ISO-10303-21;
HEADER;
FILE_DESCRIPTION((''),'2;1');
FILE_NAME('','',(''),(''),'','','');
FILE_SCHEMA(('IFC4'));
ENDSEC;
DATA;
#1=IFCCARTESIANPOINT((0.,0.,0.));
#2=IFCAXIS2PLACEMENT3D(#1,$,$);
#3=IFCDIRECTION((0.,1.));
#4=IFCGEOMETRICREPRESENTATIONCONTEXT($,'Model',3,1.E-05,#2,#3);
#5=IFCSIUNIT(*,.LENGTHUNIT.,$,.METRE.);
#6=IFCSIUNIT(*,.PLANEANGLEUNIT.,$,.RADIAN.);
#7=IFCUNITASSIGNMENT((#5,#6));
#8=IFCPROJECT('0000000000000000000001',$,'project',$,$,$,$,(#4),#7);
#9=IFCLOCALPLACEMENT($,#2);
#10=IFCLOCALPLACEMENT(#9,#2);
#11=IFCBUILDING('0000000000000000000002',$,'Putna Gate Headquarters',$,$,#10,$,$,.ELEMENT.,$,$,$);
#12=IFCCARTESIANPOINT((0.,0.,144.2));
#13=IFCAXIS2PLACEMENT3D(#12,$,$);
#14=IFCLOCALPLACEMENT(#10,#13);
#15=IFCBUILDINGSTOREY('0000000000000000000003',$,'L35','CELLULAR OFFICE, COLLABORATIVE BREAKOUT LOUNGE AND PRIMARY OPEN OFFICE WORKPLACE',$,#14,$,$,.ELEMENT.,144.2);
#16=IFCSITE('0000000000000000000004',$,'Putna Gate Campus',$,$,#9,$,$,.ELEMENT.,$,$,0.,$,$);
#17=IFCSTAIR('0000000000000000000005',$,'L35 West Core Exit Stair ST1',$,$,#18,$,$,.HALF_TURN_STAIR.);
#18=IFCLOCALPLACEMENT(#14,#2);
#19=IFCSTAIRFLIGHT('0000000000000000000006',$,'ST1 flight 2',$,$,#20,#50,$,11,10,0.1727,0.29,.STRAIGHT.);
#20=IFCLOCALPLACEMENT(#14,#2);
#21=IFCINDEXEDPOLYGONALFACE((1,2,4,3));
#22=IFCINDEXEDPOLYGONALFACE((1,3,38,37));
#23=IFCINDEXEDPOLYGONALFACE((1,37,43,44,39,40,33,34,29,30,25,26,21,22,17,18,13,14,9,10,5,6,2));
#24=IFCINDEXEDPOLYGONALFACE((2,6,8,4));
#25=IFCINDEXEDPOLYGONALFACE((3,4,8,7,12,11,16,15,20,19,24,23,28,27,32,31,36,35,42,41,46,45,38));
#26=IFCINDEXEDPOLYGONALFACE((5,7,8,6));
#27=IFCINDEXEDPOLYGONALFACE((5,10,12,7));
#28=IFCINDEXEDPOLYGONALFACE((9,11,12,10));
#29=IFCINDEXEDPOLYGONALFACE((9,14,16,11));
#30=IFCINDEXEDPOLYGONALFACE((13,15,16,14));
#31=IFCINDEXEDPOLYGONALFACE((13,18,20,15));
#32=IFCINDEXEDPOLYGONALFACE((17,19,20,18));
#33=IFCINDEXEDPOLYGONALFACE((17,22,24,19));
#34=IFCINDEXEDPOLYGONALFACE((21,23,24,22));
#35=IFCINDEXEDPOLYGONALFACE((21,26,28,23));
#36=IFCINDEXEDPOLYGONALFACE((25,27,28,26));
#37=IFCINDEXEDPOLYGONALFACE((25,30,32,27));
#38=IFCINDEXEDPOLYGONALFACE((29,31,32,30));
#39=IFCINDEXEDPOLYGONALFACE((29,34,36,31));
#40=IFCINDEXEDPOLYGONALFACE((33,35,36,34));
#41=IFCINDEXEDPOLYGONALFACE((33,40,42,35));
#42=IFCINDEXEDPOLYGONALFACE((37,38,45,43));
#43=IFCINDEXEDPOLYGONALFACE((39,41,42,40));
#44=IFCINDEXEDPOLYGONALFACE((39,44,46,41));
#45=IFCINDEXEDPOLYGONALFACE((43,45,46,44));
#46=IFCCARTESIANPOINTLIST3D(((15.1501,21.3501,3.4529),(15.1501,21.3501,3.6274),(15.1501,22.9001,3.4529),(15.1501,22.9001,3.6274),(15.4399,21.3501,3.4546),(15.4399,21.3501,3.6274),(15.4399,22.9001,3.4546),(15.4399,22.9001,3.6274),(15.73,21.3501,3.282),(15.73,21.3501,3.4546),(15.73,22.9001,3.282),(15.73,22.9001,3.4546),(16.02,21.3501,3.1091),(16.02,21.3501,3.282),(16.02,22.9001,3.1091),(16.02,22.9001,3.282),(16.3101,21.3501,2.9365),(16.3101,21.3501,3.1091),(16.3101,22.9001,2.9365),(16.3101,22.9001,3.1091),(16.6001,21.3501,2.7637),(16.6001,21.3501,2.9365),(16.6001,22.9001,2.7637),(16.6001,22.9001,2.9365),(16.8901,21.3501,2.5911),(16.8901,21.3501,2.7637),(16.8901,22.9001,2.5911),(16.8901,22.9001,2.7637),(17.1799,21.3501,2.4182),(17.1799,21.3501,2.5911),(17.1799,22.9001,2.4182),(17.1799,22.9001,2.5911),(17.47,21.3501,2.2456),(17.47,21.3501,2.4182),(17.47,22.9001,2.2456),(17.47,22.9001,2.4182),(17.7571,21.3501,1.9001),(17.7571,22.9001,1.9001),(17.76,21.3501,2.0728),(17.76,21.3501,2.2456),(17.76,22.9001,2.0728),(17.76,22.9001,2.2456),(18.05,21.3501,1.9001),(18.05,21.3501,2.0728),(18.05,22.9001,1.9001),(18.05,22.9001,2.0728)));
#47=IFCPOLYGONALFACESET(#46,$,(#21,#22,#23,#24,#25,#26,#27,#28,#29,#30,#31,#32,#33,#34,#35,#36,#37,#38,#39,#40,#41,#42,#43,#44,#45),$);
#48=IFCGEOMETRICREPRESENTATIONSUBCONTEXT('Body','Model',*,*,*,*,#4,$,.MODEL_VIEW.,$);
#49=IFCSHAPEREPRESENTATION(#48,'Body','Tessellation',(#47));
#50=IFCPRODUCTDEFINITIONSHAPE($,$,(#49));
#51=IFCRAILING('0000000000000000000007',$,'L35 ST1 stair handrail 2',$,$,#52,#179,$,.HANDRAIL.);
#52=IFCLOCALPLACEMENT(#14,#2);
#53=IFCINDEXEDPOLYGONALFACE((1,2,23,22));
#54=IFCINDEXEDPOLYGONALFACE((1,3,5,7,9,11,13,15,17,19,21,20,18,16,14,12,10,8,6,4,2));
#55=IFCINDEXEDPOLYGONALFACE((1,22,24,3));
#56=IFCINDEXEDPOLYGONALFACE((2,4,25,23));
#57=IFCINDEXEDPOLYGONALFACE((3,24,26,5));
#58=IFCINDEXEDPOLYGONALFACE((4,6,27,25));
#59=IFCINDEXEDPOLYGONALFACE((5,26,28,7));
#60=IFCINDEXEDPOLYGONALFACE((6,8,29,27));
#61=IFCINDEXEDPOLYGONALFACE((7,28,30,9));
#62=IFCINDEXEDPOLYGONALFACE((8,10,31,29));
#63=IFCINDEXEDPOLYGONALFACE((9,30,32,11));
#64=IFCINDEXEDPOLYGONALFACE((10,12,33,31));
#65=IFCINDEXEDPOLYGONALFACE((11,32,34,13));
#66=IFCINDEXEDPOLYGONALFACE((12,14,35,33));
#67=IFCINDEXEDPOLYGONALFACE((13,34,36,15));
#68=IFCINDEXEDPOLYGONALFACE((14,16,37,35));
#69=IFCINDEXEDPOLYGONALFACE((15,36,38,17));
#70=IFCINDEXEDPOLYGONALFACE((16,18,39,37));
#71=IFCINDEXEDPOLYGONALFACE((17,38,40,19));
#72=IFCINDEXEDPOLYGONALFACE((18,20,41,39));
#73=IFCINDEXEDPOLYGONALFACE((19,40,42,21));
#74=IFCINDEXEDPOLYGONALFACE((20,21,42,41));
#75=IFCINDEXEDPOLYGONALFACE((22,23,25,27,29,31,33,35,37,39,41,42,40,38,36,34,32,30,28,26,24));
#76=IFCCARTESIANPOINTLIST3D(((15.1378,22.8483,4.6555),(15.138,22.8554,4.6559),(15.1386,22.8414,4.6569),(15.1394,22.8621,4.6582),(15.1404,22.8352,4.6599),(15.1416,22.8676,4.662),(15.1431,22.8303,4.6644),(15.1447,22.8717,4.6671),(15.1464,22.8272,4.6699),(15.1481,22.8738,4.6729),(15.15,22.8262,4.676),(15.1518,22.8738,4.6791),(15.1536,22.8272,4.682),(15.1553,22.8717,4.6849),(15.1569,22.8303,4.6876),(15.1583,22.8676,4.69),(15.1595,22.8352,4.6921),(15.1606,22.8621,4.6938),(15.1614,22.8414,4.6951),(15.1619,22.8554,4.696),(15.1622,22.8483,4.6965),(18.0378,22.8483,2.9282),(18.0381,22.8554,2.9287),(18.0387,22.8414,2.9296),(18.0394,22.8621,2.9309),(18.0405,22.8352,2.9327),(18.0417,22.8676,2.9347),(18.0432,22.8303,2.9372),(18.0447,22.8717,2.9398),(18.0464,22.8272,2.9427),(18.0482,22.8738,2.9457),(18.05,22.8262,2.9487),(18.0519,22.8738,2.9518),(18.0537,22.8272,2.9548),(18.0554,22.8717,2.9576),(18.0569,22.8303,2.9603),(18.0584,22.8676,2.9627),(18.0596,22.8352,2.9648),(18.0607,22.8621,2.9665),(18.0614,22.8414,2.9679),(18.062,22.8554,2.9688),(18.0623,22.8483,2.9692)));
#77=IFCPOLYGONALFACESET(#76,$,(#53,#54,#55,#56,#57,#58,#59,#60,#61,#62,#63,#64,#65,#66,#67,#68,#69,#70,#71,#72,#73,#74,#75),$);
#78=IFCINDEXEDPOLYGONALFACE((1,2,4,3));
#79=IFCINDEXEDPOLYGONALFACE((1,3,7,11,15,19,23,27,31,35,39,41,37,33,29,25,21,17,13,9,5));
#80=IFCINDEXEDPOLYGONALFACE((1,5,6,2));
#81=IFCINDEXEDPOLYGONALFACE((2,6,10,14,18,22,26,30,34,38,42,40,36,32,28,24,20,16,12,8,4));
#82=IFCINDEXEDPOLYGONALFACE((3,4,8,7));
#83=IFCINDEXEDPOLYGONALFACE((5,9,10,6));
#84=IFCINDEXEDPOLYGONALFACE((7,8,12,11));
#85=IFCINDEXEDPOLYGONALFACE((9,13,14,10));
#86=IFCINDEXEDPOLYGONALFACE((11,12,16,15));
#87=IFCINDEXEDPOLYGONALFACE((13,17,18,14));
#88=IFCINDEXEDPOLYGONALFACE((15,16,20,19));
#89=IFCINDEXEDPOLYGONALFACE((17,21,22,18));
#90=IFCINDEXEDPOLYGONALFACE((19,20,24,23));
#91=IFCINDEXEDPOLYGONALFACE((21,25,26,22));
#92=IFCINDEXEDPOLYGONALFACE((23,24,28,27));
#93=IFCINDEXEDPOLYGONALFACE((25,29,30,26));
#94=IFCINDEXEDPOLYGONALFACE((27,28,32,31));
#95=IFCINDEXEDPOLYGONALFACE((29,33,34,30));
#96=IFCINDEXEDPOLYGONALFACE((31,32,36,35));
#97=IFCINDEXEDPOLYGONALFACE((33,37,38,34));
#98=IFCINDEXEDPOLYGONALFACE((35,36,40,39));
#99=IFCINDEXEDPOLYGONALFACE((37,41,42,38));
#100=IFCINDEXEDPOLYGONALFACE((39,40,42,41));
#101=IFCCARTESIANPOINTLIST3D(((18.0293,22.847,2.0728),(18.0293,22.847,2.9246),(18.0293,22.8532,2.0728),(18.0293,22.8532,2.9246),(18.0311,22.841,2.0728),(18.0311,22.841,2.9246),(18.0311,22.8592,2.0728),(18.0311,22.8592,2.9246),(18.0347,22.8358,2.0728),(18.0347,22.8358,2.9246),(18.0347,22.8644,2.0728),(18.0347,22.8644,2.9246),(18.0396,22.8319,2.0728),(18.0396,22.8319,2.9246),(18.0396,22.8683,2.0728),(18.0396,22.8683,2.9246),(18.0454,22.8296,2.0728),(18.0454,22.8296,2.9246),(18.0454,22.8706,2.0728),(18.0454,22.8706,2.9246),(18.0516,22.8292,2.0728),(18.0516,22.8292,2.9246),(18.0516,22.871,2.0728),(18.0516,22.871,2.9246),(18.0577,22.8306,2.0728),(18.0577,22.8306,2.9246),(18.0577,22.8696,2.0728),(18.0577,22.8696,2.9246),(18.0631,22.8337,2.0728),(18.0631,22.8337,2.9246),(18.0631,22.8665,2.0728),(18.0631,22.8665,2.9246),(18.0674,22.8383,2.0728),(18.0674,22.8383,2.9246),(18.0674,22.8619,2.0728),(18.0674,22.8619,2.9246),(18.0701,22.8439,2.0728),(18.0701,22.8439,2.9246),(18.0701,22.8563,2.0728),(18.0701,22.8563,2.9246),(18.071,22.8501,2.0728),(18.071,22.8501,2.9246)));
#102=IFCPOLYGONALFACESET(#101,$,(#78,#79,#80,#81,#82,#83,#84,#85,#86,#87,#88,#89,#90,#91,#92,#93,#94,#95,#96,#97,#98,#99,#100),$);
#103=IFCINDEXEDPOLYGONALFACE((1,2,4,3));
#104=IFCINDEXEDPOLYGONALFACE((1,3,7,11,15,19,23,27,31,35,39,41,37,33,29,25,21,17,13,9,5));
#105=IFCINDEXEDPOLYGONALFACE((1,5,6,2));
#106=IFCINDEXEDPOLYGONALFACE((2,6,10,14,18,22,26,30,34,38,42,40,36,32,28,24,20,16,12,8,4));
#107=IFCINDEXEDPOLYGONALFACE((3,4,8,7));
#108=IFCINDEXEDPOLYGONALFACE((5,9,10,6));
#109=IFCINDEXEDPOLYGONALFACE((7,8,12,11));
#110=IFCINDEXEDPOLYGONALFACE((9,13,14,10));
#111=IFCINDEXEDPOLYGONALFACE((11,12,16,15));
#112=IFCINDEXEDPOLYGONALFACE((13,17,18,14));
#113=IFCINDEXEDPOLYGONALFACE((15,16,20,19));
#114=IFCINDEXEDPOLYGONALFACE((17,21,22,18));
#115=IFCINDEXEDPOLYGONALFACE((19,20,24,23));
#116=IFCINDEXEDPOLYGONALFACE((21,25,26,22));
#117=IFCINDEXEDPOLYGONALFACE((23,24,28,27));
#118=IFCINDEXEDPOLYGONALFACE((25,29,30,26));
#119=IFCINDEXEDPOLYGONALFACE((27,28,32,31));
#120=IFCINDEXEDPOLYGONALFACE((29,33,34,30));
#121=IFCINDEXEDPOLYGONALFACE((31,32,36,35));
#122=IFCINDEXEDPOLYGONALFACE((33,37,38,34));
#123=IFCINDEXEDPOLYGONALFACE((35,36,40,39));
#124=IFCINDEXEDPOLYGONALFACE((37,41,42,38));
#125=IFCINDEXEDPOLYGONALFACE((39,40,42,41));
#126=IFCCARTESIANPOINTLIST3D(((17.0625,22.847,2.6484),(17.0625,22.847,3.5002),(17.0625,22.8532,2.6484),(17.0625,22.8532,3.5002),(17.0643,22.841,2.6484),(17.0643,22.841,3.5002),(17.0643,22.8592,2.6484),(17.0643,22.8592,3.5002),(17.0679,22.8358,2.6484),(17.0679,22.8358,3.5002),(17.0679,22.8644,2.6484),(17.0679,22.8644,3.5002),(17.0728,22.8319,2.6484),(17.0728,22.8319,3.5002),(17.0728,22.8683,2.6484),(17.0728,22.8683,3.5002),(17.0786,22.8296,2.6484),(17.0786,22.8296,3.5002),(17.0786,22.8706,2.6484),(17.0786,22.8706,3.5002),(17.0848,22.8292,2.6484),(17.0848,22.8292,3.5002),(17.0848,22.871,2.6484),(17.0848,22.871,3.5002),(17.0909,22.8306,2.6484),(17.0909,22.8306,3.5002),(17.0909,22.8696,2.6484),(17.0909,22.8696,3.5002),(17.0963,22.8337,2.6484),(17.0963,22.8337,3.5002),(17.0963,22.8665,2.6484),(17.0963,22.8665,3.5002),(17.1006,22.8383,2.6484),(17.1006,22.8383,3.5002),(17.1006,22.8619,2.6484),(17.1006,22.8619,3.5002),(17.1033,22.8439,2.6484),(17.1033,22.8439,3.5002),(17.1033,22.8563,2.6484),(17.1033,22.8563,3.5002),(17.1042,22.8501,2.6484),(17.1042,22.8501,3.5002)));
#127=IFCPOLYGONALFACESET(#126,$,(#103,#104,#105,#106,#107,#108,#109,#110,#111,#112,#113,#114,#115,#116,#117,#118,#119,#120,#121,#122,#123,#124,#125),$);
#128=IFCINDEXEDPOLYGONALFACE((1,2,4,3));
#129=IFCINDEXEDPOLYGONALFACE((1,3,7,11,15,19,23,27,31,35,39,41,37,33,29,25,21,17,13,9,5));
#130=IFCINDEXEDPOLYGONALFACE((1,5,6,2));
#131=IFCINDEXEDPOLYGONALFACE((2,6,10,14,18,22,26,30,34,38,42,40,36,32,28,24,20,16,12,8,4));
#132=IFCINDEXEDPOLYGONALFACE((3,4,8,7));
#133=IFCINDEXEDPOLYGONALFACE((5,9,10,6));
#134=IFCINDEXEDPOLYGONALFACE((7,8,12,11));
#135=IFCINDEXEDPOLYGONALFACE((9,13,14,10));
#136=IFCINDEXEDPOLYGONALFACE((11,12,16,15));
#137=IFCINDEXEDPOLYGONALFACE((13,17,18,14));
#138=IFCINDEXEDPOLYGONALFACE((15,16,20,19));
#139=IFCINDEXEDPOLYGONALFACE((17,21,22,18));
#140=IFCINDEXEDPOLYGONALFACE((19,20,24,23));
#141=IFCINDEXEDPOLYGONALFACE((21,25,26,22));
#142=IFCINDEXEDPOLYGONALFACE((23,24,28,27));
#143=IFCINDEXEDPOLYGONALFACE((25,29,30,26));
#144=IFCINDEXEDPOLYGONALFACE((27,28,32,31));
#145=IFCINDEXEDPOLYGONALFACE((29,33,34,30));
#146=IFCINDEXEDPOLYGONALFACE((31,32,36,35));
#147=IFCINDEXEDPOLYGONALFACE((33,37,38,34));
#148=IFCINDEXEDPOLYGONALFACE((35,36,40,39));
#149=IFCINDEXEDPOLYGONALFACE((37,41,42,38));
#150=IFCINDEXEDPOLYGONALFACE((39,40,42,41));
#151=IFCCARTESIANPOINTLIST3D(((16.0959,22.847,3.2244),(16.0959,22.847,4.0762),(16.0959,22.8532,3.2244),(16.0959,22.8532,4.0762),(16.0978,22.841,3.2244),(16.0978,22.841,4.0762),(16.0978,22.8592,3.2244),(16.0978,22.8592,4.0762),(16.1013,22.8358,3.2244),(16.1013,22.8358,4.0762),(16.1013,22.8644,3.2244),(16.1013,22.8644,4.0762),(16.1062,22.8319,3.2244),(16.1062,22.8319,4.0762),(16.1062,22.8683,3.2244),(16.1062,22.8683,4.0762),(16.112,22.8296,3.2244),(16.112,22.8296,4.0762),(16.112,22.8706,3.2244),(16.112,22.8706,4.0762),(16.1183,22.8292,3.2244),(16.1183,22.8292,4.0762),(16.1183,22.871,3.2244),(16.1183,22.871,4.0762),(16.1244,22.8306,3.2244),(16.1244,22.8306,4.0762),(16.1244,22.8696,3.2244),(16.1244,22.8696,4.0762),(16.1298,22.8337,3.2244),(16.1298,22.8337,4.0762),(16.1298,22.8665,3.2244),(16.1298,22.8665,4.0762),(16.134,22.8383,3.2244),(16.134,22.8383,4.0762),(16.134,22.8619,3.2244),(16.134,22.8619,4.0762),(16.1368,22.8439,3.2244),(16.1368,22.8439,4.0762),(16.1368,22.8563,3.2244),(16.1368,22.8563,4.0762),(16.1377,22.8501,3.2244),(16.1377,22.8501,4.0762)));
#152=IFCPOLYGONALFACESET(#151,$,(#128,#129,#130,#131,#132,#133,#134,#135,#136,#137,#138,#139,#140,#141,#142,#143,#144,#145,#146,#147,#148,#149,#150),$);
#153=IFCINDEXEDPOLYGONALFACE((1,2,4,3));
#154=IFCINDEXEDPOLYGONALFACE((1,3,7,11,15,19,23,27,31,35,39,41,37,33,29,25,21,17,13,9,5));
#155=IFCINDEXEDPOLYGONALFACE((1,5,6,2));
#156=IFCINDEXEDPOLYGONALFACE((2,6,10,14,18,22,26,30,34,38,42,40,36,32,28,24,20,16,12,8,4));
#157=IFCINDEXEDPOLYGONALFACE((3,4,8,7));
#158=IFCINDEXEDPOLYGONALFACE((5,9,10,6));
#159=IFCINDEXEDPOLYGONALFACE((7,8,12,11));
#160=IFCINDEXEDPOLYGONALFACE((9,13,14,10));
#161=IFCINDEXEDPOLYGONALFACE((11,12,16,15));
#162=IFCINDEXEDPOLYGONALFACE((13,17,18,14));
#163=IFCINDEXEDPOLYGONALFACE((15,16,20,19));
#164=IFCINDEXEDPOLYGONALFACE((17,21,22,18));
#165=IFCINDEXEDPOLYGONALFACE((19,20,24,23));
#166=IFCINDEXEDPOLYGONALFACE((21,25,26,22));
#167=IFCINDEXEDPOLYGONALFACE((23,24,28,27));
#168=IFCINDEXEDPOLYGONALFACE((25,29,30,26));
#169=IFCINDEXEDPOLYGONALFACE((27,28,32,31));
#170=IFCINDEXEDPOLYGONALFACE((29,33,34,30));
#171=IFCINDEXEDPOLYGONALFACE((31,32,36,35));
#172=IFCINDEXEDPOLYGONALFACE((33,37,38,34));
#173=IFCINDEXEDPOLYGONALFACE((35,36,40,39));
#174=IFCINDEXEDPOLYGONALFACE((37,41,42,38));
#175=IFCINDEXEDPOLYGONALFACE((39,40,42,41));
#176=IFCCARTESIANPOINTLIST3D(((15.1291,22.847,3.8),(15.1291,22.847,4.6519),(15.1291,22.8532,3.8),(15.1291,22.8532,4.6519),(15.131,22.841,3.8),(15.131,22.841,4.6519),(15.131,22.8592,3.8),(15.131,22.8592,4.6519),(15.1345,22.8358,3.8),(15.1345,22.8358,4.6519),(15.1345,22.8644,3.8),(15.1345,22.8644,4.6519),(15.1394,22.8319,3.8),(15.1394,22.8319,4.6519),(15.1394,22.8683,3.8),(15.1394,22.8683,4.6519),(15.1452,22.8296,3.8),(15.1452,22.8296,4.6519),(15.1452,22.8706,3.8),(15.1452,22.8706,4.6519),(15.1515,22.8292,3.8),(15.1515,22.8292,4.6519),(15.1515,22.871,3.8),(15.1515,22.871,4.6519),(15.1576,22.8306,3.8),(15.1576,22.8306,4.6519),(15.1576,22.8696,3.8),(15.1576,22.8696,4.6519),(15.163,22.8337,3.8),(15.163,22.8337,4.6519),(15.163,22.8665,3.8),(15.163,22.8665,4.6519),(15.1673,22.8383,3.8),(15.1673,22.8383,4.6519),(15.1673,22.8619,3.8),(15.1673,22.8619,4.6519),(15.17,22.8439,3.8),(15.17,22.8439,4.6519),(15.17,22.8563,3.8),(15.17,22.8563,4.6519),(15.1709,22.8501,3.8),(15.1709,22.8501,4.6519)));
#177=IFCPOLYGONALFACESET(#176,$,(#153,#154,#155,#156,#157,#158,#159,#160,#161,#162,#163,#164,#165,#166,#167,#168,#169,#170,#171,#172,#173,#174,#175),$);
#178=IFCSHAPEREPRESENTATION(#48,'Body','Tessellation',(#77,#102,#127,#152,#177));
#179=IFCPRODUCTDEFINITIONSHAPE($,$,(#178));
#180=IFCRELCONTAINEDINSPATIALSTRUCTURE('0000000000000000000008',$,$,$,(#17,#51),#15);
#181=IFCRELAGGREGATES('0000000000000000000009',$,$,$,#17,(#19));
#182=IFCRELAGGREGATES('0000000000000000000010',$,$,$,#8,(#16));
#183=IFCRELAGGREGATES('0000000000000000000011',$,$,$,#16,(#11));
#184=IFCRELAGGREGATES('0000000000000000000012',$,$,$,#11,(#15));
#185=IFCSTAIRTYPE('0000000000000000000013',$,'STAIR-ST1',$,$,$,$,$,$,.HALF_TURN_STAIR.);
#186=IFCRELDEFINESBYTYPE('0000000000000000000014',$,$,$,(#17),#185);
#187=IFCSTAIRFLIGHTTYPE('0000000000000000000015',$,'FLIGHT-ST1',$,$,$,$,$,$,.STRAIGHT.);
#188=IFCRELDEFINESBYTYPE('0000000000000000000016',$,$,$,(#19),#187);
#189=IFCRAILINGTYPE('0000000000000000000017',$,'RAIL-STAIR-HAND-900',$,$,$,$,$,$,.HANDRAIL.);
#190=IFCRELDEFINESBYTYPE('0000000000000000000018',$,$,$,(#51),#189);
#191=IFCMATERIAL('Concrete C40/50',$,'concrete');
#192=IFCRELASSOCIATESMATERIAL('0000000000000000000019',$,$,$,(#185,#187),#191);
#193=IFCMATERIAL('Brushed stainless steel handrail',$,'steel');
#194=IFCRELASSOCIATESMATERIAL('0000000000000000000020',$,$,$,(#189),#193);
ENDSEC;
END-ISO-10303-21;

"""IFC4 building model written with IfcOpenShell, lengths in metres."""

from ifc_helpers import new_model, si_unit, direction, frame, origin, origin_2d, place, context, subcontext, project, spatial, polyline, circle, outline, extrude, material, type_object, element, aggregate, save


model = new_model("IFC4")

# Units and contexts
model_context = context("Model", 3, precision=1e-05, world=origin(), true_north=direction((0.0, 1.0)))
body_context = subcontext(model_context, "Body", "Model", "MODEL_VIEW")
ifc_project = project(units=[si_unit("LENGTHUNIT", "METRE"), si_unit("PLANEANGLEUNIT", "RADIAN")], contexts=[model_context])

# Site, building, storey
site_placement = place(None, origin())
site = spatial("IfcSite", under=ifc_project, at=site_placement, Name="Putna Gate Campus", CompositionType="ELEMENT", RefElevation=0.0)
building_placement = place(site_placement, origin())
building = spatial("IfcBuilding", under=site, at=building_placement, Name="Putna Gate Headquarters", CompositionType="ELEMENT")
storey_placement = place(building_placement, frame((0.0, 0.0, 144.2)))
storey = spatial("IfcBuildingStorey", under=building, at=storey_placement, Name="L35", Description="CELLULAR OFFICE, COLLABORATIVE BREAKOUT LOUNGE AND PRIMARY OPEN OFFICE WORKPLACE", CompositionType="ELEMENT", Elevation=144.2)

# Shared definitions
ifc_material_1 = material(Name="Concrete C40/50", Category="concrete")

# Stair, stair flight
stair_type = type_object("IfcStairType", Name="STAIR-ST1", PredefinedType="HALF_TURN_STAIR", material=ifc_material_1)
stair_placement = place(storey_placement, origin())
stair = element("IfcStair", 1, at=stair_placement, inside=storey, type_object=stair_type, Name="L35 West Core Exit Stair ST1", PredefinedType="HALF_TURN_STAIR")
stair_flight_type = type_object("IfcStairFlightType", Name="FLIGHT-ST1", PredefinedType="STRAIGHT", material=ifc_material_1)
stair_flight_placement = place(storey_placement, frame((18.05, 22.125, 1.9001), z_axis=(0.0, 0.0, 1.0), x_axis=(-1.0, 0.0, 0.0)))
stair_flight = element("IfcStairFlight", 2, at=stair_flight_placement, type_object=stair_flight_type, Name="ST1 flight 2", NumberOfRisers=11, NumberOfTreads=10, PredefinedType="STRAIGHT", RiserHeight=0.1727, TreadLength=0.29, context=body_context, shape_type="SweptSolid", body=[
    extrude(outline(polyline([(0.0, 0.0), (0.0, 0.1726), (0.29, 0.1726), (0.29, 0.3455), (0.5801, 0.3455), (0.5801, 0.5181), (0.8701, 0.5181), (0.8701, 0.6909), (1.1599, 0.6909), (1.1599, 0.8635), (1.45, 0.8635), (1.45, 1.0364), (1.74, 1.0364), (1.74, 1.209), (2.03, 1.209), (2.03, 1.3818), (2.3201, 1.3818), (2.3201, 1.5544), (2.6101, 1.5544), (2.6101, 1.7273), (2.8999, 1.7273), (2.8999, 1.8999), (2.8999, 1.5527), (0.293, 0.0), (0.0, 0.0)])), frame((0.0, 0.7749, 0.0), z_axis=(0.0, -1.0, 0.0), x_axis=(1.0, 0.0, 0.0)), (0.0, 0.0, 1.0), 1.55),
])
aggregate(stair, [stair_flight])

# Railing
ifc_material_2 = material(Name="Brushed stainless steel handrail", Category="steel")
railing_type = type_object("IfcRailingType", Name="RAIL-STAIR-HAND-900", PredefinedType="HANDRAIL", material=ifc_material_2)
railing_placement = place(storey_placement, frame((18.05, 22.8501, 2.0728)))
element("IfcRailing", 3, at=railing_placement, inside=storey, type_object=railing_type, Name="L35 ST1 stair handrail 2", PredefinedType="HANDRAIL", context=body_context, shape_type="SweptSolid", body=[
    extrude(circle(Radius=0.0239, at=origin_2d()), frame((0.0, 0.0, 0.876), z_axis=(-0.85916, 0.0, 0.511706), x_axis=(0.0, -1.0, 0.0)), (0.0, 0.0, 1.0), 3.3755),
    extrude(circle(Radius=0.021, at=origin_2d()), origin(), (0.0, 0.0, 1.0), 0.8518),
    extrude(circle(Radius=0.021, at=origin_2d()), frame((-0.9668, 0.0, 0.5757)), (0.0, 0.0, 1.0), 0.8518),
    extrude(circle(Radius=0.021, at=origin_2d()), frame((-1.9333, 0.0, 1.1516)), (0.0, 0.0, 1.0), 0.8518),
    extrude(circle(Radius=0.021, at=origin_2d()), frame((-2.9001, 0.0, 1.7273)), (0.0, 0.0, 1.0), 0.8518),
])

save(model, "model.ifc")
